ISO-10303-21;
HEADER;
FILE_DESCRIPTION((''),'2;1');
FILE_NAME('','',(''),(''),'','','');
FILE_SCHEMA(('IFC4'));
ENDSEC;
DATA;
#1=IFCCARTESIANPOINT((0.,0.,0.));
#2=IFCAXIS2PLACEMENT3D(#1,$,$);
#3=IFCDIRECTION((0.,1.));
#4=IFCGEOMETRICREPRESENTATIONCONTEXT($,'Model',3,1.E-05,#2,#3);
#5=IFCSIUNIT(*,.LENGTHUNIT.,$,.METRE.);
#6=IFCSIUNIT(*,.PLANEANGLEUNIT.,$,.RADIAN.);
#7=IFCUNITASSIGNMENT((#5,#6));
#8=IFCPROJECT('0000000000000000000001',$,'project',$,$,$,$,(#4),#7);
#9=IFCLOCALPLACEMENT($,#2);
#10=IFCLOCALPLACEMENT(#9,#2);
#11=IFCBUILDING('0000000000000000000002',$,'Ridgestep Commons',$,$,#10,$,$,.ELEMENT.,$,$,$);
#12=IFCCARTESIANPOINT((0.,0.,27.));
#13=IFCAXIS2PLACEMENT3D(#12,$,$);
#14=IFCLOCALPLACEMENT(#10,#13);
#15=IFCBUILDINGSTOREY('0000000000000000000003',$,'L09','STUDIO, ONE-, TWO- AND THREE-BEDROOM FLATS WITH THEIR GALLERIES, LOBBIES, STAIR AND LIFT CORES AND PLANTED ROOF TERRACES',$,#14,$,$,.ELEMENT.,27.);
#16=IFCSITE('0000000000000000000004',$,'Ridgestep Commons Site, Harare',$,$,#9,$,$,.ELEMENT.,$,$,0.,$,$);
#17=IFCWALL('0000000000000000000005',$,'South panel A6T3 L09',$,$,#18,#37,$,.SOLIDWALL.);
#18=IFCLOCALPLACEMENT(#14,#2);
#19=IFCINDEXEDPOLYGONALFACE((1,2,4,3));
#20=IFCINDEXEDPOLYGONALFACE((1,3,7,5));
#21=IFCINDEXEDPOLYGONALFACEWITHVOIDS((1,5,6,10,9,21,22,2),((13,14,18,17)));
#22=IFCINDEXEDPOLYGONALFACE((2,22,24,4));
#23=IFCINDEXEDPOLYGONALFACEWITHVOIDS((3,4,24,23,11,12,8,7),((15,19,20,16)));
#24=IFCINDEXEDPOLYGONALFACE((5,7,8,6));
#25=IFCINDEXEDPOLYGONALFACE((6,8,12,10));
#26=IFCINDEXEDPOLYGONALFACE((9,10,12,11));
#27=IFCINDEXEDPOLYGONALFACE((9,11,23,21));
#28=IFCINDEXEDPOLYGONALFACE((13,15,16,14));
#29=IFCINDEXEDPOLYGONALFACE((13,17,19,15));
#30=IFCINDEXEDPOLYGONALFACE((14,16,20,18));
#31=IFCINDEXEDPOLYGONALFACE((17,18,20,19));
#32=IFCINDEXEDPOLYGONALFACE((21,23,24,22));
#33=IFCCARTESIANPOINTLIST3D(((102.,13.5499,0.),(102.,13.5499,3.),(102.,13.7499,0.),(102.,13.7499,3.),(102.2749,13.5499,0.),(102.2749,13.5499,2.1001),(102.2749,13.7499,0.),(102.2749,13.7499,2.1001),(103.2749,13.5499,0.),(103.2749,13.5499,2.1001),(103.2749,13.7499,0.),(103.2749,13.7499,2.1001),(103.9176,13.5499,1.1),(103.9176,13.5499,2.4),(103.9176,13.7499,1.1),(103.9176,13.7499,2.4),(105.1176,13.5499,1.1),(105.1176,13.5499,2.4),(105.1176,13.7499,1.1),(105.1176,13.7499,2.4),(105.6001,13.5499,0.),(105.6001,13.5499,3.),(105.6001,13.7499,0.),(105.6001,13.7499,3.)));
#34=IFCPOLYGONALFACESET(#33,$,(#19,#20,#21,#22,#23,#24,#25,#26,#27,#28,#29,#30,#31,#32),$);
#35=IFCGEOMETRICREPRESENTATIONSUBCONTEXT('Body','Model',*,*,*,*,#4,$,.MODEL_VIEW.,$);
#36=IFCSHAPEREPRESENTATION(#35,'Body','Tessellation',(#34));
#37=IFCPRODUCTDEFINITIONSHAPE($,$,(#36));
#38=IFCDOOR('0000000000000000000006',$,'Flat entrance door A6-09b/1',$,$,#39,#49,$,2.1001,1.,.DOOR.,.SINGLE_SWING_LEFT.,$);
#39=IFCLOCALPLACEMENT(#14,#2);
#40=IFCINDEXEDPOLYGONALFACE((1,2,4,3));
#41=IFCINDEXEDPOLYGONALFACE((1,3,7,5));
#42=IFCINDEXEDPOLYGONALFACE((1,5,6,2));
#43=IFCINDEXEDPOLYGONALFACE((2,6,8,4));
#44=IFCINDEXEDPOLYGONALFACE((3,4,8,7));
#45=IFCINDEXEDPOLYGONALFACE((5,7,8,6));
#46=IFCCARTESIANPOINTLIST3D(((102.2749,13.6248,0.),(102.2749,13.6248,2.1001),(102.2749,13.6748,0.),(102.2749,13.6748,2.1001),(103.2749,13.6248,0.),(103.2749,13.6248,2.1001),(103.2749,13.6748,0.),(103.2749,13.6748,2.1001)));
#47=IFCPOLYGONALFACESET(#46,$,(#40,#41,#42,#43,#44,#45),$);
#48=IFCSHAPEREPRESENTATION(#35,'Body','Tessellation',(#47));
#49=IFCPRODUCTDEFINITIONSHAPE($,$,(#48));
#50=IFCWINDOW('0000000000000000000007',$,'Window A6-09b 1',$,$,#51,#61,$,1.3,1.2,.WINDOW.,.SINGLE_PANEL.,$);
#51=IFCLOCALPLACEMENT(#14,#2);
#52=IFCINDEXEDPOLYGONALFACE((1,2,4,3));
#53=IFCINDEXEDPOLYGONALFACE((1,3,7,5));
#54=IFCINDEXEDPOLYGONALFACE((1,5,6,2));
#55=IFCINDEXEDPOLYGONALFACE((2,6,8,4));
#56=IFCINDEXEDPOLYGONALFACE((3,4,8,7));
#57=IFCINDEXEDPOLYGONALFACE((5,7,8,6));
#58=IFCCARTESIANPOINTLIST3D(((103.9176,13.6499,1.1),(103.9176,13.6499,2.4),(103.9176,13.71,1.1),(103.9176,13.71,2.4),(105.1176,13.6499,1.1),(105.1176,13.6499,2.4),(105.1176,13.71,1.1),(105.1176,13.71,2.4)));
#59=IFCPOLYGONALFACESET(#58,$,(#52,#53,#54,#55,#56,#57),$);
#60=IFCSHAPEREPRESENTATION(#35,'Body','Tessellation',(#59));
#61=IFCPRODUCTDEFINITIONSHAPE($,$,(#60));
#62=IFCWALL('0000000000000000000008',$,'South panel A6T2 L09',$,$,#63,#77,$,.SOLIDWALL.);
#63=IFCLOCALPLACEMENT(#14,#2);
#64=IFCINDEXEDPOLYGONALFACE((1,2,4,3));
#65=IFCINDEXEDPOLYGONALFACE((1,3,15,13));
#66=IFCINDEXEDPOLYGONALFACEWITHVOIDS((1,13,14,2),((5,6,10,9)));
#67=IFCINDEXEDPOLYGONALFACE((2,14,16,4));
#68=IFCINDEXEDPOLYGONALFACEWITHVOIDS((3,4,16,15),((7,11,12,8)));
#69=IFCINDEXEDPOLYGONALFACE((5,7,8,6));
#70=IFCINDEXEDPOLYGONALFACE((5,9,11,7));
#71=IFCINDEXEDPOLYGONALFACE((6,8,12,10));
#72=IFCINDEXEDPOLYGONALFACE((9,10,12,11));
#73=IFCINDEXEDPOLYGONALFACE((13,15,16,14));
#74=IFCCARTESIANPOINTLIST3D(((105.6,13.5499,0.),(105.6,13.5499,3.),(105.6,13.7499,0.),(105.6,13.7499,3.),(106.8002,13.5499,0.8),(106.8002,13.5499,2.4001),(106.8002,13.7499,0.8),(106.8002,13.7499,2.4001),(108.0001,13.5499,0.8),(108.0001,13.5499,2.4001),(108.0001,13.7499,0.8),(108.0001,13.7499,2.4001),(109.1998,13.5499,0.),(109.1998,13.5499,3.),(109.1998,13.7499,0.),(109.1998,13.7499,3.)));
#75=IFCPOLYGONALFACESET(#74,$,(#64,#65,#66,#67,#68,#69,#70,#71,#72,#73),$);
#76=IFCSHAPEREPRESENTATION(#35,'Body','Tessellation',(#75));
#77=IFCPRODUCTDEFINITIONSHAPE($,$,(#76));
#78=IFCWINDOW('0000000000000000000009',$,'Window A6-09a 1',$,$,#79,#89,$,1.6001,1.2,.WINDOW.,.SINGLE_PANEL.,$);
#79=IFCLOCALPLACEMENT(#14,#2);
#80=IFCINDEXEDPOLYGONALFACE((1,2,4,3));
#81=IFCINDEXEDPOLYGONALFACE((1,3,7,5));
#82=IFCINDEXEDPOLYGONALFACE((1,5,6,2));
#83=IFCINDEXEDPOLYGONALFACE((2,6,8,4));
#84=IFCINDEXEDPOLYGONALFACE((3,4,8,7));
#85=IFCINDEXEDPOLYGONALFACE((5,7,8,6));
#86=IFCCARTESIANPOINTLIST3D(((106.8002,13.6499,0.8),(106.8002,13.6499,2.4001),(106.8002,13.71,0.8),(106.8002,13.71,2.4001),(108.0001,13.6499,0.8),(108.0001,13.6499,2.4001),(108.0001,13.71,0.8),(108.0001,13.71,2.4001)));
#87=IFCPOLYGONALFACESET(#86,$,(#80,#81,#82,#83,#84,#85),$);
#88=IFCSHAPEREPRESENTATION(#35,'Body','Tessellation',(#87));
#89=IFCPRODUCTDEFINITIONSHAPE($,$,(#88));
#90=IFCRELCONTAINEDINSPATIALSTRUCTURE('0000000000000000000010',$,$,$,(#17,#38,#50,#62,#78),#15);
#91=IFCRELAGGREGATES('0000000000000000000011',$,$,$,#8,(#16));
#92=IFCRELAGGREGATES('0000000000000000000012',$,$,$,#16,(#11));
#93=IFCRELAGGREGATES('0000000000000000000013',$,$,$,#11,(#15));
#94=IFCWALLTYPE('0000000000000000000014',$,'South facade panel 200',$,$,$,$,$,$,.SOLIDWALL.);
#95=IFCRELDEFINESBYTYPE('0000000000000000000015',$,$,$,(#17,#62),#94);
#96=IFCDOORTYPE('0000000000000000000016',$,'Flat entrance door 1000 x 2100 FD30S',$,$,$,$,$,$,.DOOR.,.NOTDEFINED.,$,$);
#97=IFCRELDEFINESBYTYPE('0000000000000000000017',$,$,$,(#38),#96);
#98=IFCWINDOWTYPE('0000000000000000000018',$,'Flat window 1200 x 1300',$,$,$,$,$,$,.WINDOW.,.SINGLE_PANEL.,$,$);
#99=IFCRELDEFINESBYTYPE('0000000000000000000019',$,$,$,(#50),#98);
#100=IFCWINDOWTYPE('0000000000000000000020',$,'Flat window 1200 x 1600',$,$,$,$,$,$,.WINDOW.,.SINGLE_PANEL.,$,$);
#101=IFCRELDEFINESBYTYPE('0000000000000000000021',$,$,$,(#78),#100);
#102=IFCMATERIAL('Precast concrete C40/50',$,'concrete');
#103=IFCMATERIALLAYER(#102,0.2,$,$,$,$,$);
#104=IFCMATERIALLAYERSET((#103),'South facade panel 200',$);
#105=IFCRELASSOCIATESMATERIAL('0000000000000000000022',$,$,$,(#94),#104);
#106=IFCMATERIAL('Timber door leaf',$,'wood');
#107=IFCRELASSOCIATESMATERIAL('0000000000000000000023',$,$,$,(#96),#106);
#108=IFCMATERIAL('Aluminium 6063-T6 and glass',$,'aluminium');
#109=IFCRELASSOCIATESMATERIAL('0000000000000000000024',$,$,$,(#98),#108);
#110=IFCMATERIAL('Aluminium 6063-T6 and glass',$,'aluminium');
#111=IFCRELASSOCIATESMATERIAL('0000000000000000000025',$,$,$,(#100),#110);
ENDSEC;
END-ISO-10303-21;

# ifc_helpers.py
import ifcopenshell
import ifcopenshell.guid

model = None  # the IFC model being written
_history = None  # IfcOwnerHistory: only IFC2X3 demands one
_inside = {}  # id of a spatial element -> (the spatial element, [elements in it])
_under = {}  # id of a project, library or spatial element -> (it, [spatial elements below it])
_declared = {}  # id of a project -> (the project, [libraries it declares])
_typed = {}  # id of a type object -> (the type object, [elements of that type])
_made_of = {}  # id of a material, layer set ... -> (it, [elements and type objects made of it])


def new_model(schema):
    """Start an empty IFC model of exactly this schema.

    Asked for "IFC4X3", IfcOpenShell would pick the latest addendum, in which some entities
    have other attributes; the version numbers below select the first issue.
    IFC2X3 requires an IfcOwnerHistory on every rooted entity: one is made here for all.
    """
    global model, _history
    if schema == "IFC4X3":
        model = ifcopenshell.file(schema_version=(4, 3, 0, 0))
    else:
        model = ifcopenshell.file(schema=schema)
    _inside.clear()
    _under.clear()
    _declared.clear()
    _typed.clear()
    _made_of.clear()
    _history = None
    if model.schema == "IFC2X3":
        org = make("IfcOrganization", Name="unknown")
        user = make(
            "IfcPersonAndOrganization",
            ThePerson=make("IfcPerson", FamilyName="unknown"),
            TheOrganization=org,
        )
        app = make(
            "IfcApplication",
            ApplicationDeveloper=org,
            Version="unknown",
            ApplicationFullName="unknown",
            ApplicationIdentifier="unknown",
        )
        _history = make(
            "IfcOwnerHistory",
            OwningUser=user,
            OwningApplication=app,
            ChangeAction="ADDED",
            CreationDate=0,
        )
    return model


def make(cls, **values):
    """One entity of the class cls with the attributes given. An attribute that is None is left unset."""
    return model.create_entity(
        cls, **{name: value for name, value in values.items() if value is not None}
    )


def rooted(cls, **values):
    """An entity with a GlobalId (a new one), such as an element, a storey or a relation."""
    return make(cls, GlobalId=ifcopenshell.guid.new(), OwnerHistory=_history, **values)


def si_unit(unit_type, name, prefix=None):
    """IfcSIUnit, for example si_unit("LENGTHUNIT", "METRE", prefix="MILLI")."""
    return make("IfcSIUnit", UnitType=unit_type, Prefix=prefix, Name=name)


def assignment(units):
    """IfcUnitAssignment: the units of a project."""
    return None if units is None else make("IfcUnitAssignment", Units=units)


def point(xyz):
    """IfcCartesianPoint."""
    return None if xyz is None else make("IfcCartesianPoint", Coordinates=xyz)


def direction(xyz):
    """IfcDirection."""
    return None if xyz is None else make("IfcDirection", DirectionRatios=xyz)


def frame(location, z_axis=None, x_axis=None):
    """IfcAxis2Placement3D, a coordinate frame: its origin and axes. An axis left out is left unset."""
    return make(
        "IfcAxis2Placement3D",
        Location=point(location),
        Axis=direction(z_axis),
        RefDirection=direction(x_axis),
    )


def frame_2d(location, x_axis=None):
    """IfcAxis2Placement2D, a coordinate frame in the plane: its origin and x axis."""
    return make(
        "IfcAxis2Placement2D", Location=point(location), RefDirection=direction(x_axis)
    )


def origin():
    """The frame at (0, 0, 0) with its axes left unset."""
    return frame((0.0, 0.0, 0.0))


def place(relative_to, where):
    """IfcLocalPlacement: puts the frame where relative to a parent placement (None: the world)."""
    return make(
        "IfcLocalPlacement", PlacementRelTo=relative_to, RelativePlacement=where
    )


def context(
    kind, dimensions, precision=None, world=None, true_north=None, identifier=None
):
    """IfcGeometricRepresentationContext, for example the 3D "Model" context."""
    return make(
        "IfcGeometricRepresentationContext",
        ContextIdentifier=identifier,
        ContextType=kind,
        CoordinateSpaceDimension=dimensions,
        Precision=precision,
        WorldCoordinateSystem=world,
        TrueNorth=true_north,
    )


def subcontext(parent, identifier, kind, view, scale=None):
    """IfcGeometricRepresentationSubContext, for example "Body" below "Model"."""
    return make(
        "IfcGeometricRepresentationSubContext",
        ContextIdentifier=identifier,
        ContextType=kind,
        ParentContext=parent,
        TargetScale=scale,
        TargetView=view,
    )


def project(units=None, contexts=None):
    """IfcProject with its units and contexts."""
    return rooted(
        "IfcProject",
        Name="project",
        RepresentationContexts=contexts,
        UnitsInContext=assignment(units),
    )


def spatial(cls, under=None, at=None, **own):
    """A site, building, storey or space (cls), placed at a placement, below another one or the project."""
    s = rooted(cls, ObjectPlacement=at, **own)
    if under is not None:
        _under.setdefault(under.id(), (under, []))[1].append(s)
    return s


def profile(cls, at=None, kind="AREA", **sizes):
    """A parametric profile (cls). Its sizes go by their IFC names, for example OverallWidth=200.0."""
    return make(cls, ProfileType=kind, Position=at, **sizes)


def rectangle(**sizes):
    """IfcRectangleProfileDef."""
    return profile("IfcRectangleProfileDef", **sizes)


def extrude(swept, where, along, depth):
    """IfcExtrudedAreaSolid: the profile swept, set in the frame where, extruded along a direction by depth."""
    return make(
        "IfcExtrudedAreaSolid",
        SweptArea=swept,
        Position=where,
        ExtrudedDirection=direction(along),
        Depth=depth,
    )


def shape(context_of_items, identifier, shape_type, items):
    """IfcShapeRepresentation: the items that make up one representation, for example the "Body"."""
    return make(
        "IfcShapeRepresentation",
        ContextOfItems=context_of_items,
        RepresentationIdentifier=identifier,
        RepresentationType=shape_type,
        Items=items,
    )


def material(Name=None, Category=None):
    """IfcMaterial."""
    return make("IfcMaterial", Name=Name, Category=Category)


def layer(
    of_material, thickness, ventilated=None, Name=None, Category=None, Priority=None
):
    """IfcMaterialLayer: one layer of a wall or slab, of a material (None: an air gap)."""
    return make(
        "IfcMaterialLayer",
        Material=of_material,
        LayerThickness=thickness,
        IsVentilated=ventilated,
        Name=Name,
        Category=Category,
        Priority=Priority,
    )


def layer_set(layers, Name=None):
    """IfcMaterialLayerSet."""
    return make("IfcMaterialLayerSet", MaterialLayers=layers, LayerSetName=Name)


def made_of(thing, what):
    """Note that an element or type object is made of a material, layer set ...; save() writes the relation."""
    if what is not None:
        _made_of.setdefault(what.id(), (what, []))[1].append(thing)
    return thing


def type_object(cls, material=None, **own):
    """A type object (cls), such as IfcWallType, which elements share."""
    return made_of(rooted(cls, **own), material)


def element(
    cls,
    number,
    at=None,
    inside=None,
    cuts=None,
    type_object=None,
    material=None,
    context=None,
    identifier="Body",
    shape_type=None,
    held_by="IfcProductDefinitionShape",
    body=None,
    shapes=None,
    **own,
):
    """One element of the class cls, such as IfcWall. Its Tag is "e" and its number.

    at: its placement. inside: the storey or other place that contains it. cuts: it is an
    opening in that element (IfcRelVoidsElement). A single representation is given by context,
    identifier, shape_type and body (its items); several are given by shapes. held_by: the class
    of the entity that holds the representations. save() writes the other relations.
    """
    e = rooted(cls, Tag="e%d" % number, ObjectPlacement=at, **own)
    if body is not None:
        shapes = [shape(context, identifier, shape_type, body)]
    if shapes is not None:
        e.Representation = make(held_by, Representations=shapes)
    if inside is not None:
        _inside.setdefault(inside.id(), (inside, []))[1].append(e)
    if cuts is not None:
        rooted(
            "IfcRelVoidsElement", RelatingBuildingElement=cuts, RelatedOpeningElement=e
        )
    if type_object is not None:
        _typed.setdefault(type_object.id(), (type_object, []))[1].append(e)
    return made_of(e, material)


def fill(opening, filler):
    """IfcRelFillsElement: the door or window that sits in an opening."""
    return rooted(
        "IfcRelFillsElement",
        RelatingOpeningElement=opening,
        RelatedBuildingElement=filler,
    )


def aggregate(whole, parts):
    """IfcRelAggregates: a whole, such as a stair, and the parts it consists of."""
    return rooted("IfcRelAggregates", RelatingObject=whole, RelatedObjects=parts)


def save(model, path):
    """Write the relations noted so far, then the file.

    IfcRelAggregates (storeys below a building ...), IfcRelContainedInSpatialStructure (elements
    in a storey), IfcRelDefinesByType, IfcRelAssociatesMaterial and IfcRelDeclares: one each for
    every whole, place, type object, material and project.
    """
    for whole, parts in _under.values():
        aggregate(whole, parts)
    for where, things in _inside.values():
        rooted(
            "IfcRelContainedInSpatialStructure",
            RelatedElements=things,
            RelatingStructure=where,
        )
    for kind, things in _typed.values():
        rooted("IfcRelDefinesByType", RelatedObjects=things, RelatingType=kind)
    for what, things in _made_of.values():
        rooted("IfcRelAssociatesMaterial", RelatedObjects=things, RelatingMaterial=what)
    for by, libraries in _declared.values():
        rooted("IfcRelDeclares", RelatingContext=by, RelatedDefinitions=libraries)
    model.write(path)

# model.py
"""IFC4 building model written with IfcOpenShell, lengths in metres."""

from ifc_helpers import new_model, si_unit, direction, frame, frame_2d, origin, place, context, subcontext, project, spatial, rectangle, extrude, material, layer, layer_set, type_object, element, fill, save


model = new_model("IFC4")

# Units and contexts
model_context = context("Model", 3, precision=1e-05, world=origin(), true_north=direction((0.0, 1.0)))
body_context = subcontext(model_context, "Body", "Model", "MODEL_VIEW")
ifc_project = project(units=[si_unit("LENGTHUNIT", "METRE"), si_unit("PLANEANGLEUNIT", "RADIAN")], contexts=[model_context])

# Site, building, storey
site_placement = place(None, origin())
site = spatial("IfcSite", under=ifc_project, at=site_placement, Name="Ridgestep Commons Site, Harare", CompositionType="ELEMENT", RefElevation=0.0)
building_placement = place(site_placement, origin())
building = spatial("IfcBuilding", under=site, at=building_placement, Name="Ridgestep Commons", CompositionType="ELEMENT")
storey_placement = place(building_placement, frame((0.0, 0.0, 27.0)))
storey = spatial("IfcBuildingStorey", under=building, at=storey_placement, Name="L09", Description="STUDIO, ONE-, TWO- AND THREE-BEDROOM FLATS WITH THEIR GALLERIES, LOBBIES, STAIR AND LIFT CORES AND PLANTED ROOF TERRACES", CompositionType="ELEMENT", Elevation=27.0)

# Wall, openings, door, window
ifc_material_1 = material(Name="Precast concrete C40/50", Category="concrete")
ifc_layer_1 = layer(ifc_material_1, 0.2)
ifc_layer_set_1 = layer_set([ifc_layer_1], Name="South facade panel 200")
wall_type_1 = type_object("IfcWallType", Name="South facade panel 200", PredefinedType="SOLIDWALL", material=ifc_layer_set_1)
wall_1_placement = place(storey_placement, frame((102.0, 13.6499, 0.0), z_axis=(0.0, 0.0, 1.0), x_axis=(1.0, 0.0, 0.0)))
wall_1 = element("IfcWall", 1, at=wall_1_placement, inside=storey, type_object=wall_type_1, Name="South panel A6T3 L09", PredefinedType="SOLIDWALL", context=body_context, shape_type="SweptSolid", body=[
    extrude(rectangle(XDim=3.6001, YDim=0.2, at=frame_2d((1.8, 0.0))), origin(), (0.0, 0.0, 1.0), 3.0),
])
opening_1_placement = place(wall_1_placement, frame((1.9175, 0.0, 1.1001)))
opening_1 = element("IfcOpeningElement", 2, at=opening_1_placement, cuts=wall_1, PredefinedType="OPENING", context=body_context, shape_type="SweptSolid", body=[
    extrude(rectangle(XDim=1.2, YDim=1.3, at=frame_2d((0.6001, 0.6499))), frame((0.0, 0.1099, 0.0), z_axis=(0.0, -1.0, 0.0), x_axis=(1.0, 0.0, 0.0)), (0.0, 0.0, 1.0), 0.22),
])
opening_2_placement = place(wall_1_placement, frame((0.2749, 0.0, 0.0)))
opening_2 = element("IfcOpeningElement", 3, at=opening_2_placement, cuts=wall_1, PredefinedType="OPENING", context=body_context, shape_type="SweptSolid", body=[
    extrude(rectangle(XDim=1.0, YDim=2.1001, at=frame_2d((0.5, 1.05))), frame((0.0, 0.1099, 0.0), z_axis=(0.0, -1.0, 0.0), x_axis=(1.0, 0.0, 0.0)), (0.0, 0.0, 1.0), 0.22),
])
ifc_material_2 = material(Name="Timber door leaf", Category="wood")
door_type_1 = type_object("IfcDoorType", Name="Flat entrance door 1000 x 2100 FD30S", OperationType="NOTDEFINED", PredefinedType="DOOR", material=ifc_material_2)
door_1_placement = place(opening_2_placement, origin())
door_1 = element("IfcDoor", 4, at=door_1_placement, inside=storey, type_object=door_type_1, Name="Flat entrance door A6-09b/1", OperationType="SINGLE_SWING_LEFT", OverallHeight=2.1001, OverallWidth=1.0, PredefinedType="DOOR", context=body_context, shape_type="SweptSolid", body=[
    extrude(rectangle(XDim=1.0, YDim=2.1001, at=frame_2d((0.5, 1.05))), frame((0.0, 0.0249, 0.0), z_axis=(0.0, -1.0, 0.0), x_axis=(1.0, 0.0, 0.0)), (0.0, 0.0, 1.0), 0.05),
])
fill(opening_2, door_1)
ifc_material_3 = material(Name="Aluminium 6063-T6 and glass", Category="aluminium")
window_type_1 = type_object("IfcWindowType", Name="Flat window 1200 x 1300", PartitioningType="SINGLE_PANEL", PredefinedType="WINDOW", material=ifc_material_3)
window_1_placement = place(opening_1_placement, origin())
window_1 = element("IfcWindow", 5, at=window_1_placement, inside=storey, type_object=window_type_1, Name="Window A6-09b 1", OverallHeight=1.3, OverallWidth=1.2, PartitioningType="SINGLE_PANEL", PredefinedType="WINDOW", context=body_context, shape_type="SweptSolid", body=[
    extrude(rectangle(XDim=1.2, YDim=1.3, at=frame_2d((0.6001, 0.6499))), frame((0.0, 0.0601, 0.0), z_axis=(0.0, -1.0, 0.0), x_axis=(1.0, 0.0, 0.0)), (0.0, 0.0, 1.0), 0.0601),
])
fill(opening_1, window_1)

# Wall, opening, window
wall_2_placement = place(storey_placement, frame((105.6001, 13.6499, 0.0), z_axis=(0.0, 0.0, 1.0), x_axis=(1.0, 0.0, 0.0)))
wall_2 = element("IfcWall", 6, at=wall_2_placement, inside=storey, type_object=wall_type_1, Name="South panel A6T2 L09", PredefinedType="SOLIDWALL", context=body_context, shape_type="SweptSolid", body=[
    extrude(rectangle(XDim=3.5999, YDim=0.2, at=frame_2d((1.7998, 0.0))), origin(), (0.0, 0.0, 1.0), 3.0),
])
opening_3_placement = place(wall_2_placement, frame((1.2, 0.0, 0.8)))
opening_3 = element("IfcOpeningElement", 7, at=opening_3_placement, cuts=wall_2, PredefinedType="OPENING", context=body_context, shape_type="SweptSolid", body=[
    extrude(rectangle(XDim=1.2, YDim=1.6001, at=frame_2d((0.6001, 0.8))), frame((0.0, 0.1099, 0.0), z_axis=(0.0, -1.0, 0.0), x_axis=(1.0, 0.0, 0.0)), (0.0, 0.0, 1.0), 0.22),
])
ifc_material_4 = material(Name="Aluminium 6063-T6 and glass", Category="aluminium")
window_type_2 = type_object("IfcWindowType", Name="Flat window 1200 x 1600", PartitioningType="SINGLE_PANEL", PredefinedType="WINDOW", material=ifc_material_4)
window_2_placement = place(opening_3_placement, origin())
window_2 = element("IfcWindow", 8, at=window_2_placement, inside=storey, type_object=window_type_2, Name="Window A6-09a 1", OverallHeight=1.6001, OverallWidth=1.2, PartitioningType="SINGLE_PANEL", PredefinedType="WINDOW", context=body_context, shape_type="SweptSolid", body=[
    extrude(rectangle(XDim=1.2, YDim=1.6001, at=frame_2d((0.6001, 0.8))), frame((0.0, 0.0601, 0.0), z_axis=(0.0, -1.0, 0.0), x_axis=(1.0, 0.0, 0.0)), (0.0, 0.0, 1.0), 0.0601),
])
fill(opening_3, window_2)

save(model, "model.ifc")
